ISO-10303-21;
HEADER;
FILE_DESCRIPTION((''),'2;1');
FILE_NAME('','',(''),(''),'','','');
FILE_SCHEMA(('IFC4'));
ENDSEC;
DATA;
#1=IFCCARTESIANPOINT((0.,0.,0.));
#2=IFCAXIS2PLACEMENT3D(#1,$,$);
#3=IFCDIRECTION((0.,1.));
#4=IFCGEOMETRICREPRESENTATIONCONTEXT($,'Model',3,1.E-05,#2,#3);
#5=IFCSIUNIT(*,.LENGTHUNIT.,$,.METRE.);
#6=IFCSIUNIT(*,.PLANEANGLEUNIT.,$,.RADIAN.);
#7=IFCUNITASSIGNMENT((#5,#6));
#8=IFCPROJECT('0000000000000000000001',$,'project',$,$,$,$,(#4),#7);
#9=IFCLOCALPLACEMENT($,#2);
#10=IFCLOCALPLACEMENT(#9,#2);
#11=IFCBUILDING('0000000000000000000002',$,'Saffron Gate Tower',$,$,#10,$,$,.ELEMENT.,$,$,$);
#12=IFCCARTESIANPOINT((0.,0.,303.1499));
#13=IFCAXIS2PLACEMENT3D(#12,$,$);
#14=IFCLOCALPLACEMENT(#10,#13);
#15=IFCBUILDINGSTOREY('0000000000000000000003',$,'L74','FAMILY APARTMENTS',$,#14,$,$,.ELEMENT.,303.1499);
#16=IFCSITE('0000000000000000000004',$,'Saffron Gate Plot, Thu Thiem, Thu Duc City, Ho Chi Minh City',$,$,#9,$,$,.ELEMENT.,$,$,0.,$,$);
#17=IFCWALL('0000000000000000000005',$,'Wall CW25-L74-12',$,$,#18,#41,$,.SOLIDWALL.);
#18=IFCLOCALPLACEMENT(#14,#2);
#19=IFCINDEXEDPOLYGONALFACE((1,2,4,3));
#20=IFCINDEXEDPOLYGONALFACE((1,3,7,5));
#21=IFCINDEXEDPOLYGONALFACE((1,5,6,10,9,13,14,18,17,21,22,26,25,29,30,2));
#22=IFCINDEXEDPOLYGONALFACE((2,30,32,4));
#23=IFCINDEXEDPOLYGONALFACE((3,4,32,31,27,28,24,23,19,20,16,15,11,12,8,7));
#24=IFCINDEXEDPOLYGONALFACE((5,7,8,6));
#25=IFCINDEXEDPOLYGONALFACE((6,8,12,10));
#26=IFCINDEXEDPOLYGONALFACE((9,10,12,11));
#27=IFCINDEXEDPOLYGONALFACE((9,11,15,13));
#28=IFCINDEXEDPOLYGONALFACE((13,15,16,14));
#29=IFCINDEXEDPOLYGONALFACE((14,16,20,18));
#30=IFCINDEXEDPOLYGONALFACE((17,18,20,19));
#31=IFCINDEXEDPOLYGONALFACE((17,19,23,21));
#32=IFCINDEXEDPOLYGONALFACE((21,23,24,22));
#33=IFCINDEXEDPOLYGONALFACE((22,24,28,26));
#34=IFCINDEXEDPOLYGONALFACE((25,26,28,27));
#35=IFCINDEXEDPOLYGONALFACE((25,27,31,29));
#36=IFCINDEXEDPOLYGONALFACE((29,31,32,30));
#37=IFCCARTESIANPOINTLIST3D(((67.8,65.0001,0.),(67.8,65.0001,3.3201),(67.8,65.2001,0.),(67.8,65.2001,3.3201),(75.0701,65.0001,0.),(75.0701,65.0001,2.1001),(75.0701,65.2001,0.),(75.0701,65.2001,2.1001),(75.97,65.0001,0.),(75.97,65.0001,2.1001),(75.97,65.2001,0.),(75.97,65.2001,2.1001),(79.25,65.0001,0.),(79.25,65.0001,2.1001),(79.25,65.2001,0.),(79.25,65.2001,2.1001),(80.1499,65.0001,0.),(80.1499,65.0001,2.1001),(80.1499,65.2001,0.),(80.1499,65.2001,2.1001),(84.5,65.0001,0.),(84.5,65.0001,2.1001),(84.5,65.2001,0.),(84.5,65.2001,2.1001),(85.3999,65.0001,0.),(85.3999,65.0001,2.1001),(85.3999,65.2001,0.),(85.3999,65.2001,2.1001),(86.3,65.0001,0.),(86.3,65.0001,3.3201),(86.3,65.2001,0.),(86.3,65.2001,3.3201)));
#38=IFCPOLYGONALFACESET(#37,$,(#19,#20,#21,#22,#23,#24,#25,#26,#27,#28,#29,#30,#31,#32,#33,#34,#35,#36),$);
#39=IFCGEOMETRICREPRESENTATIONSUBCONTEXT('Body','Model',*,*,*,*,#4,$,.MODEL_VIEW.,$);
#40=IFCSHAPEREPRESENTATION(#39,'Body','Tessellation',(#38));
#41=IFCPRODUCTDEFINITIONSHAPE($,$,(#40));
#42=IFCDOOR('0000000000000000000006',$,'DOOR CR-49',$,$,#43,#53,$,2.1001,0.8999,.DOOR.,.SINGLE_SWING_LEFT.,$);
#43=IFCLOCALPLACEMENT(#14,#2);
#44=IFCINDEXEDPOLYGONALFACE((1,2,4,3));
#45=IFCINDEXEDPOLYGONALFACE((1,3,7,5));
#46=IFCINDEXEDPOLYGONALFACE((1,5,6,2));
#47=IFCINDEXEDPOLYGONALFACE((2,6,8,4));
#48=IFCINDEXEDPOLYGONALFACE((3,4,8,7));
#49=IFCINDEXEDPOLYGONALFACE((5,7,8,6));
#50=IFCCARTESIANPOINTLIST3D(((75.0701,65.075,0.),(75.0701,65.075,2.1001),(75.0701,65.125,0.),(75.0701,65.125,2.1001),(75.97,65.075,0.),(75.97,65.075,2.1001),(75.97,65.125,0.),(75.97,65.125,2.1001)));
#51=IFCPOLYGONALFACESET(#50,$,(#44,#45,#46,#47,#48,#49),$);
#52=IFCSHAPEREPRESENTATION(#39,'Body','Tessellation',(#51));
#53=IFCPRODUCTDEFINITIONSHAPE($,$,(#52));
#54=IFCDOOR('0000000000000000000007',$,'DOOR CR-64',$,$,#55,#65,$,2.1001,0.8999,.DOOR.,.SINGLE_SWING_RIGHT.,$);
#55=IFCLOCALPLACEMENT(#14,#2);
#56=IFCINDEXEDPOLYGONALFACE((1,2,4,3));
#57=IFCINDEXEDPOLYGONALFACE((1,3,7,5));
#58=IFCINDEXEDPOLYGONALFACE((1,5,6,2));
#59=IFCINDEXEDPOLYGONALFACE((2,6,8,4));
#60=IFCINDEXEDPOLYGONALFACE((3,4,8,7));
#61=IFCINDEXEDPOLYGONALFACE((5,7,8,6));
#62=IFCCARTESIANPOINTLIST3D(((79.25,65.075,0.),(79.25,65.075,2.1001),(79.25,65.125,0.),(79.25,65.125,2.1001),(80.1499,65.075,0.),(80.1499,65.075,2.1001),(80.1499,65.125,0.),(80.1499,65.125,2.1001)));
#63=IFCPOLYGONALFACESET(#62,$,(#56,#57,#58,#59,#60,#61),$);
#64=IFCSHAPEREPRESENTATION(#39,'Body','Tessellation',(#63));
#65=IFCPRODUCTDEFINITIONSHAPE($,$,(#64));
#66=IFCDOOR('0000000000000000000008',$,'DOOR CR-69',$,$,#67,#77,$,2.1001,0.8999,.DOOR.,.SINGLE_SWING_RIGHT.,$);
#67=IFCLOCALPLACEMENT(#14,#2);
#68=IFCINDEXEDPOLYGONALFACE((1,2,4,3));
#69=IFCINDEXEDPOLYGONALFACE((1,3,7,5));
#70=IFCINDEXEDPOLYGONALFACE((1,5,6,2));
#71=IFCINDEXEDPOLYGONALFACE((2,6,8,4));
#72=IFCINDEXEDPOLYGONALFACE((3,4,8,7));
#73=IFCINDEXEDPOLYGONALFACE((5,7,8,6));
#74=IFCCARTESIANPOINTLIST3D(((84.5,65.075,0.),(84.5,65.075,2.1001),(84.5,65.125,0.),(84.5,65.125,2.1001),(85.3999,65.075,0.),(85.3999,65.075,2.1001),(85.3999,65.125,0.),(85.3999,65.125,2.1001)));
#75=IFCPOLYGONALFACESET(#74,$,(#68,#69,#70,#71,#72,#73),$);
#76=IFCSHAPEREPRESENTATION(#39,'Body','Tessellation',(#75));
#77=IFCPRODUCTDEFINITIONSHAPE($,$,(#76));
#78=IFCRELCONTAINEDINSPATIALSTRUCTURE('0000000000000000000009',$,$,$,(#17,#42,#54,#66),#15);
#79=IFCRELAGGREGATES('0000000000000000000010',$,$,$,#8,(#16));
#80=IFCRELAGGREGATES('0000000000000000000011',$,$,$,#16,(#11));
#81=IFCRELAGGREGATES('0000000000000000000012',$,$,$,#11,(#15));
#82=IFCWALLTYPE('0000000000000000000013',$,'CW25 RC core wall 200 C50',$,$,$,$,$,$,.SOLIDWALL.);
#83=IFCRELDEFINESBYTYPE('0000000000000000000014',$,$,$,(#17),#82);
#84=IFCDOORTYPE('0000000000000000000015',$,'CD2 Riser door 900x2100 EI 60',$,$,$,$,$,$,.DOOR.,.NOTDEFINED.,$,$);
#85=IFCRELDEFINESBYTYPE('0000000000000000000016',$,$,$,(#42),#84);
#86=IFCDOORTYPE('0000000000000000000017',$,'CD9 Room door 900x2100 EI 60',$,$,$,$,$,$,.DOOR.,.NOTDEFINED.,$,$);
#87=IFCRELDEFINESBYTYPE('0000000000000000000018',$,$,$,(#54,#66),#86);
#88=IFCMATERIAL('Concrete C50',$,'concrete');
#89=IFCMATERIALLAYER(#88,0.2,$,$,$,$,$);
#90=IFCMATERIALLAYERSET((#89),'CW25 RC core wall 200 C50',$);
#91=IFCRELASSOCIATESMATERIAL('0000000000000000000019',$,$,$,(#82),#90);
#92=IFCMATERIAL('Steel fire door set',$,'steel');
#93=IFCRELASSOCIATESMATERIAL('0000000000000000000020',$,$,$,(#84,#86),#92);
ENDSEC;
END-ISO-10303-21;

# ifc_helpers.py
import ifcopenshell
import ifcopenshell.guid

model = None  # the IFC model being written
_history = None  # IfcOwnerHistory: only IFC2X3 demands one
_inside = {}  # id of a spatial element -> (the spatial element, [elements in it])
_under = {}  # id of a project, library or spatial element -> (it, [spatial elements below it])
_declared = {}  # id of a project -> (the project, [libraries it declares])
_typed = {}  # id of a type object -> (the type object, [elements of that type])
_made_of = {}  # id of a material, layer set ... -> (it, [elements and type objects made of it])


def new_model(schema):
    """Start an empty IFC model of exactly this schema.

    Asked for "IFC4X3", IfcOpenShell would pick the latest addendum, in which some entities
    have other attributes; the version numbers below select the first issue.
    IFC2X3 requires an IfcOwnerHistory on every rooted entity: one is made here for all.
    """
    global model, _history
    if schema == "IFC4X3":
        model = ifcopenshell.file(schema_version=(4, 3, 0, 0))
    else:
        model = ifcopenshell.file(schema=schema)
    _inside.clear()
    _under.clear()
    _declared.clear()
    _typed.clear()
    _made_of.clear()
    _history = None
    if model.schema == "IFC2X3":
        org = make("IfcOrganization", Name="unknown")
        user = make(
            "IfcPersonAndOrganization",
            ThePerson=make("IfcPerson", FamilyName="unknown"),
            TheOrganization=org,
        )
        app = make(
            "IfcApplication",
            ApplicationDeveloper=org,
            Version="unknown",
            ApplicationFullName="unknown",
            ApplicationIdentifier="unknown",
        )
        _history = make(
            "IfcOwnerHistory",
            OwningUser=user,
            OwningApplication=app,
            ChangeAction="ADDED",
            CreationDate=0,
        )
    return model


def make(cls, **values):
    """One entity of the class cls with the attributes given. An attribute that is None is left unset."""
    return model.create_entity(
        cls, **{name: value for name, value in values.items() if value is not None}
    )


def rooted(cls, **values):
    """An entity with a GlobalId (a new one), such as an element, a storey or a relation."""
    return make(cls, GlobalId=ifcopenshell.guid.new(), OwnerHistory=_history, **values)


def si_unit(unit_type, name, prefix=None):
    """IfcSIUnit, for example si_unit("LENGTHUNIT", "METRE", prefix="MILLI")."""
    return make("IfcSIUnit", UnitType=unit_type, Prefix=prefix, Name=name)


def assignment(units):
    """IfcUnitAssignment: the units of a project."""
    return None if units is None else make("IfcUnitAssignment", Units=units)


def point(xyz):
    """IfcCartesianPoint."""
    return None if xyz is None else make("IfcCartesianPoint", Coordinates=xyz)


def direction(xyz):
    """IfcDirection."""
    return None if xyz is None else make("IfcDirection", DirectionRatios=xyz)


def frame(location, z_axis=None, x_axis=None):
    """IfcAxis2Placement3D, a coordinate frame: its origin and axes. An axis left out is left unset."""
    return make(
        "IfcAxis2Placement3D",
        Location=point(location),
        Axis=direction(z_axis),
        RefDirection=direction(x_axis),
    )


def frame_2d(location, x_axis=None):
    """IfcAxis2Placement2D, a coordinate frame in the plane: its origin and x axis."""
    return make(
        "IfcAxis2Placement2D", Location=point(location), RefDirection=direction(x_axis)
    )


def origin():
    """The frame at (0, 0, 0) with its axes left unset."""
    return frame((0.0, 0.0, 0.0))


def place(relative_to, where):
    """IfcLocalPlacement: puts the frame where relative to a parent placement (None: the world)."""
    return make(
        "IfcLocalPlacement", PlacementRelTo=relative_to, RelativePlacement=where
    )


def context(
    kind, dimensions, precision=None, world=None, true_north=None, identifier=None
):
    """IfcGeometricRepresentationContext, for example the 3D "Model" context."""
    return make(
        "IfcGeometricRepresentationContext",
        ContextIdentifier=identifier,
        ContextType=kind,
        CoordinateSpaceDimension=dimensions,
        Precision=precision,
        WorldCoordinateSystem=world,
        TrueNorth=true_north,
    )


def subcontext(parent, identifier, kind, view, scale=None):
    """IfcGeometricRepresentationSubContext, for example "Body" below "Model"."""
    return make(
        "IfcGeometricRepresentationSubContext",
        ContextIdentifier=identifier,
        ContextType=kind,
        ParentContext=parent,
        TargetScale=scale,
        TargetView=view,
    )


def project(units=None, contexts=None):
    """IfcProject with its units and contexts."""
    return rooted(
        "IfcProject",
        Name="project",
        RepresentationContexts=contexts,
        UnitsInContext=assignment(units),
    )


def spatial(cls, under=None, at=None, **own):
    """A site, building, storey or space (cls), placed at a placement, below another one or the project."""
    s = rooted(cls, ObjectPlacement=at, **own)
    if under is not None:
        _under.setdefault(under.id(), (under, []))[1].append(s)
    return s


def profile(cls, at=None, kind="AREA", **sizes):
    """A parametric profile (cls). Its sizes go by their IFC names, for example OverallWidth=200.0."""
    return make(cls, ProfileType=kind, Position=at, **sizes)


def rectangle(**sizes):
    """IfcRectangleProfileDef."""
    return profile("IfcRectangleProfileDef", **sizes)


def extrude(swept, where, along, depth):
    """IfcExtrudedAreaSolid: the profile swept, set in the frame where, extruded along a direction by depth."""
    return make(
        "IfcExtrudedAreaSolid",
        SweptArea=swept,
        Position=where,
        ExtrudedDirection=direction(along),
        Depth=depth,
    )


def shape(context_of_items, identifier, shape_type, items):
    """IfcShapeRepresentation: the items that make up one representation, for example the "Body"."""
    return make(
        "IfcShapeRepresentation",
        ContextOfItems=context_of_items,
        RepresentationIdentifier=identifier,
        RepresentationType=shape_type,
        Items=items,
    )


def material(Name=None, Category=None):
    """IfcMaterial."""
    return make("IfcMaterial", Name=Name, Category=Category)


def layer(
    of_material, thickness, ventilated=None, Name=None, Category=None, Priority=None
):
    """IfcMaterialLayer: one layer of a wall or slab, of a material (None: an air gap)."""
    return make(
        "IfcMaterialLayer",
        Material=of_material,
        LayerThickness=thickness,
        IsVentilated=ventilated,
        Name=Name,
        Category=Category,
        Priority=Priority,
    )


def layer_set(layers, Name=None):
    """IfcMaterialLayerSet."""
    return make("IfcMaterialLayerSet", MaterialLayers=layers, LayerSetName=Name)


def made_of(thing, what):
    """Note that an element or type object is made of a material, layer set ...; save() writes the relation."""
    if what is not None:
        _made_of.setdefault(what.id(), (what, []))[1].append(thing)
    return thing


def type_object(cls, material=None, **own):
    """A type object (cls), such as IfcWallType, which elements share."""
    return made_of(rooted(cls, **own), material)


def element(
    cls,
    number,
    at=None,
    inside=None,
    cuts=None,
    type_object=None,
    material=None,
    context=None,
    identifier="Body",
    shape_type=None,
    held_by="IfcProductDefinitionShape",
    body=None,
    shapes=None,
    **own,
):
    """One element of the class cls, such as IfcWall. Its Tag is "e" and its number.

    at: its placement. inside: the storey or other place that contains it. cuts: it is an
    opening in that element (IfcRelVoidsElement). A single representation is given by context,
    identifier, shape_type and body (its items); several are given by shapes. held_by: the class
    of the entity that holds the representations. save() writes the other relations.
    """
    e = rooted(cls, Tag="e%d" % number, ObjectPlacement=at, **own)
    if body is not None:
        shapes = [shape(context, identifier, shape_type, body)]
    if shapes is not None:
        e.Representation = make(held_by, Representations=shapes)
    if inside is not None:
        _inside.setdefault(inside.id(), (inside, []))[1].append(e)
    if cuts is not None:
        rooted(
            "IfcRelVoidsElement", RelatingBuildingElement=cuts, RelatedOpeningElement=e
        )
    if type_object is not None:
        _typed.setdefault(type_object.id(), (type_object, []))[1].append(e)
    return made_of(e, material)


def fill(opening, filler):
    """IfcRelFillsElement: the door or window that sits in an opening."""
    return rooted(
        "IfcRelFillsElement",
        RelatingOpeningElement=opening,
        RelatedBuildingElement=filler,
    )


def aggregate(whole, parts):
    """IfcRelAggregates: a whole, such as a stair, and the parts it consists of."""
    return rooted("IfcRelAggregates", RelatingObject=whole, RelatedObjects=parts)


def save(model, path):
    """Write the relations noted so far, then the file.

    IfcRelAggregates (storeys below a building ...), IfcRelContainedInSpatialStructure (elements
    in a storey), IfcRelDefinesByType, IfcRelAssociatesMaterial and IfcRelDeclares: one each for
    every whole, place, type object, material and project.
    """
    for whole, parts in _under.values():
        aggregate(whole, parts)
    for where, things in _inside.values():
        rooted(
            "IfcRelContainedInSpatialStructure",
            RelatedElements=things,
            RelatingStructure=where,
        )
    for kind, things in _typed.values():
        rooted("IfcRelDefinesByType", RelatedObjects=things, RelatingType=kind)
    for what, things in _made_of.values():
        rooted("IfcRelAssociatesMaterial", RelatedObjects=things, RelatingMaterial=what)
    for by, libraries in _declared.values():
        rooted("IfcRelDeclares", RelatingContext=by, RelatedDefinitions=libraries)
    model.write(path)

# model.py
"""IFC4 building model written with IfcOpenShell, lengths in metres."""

from ifc_helpers import new_model, si_unit, direction, frame, frame_2d, origin, place, context, subcontext, project, spatial, rectangle, extrude, material, layer, layer_set, type_object, element, fill, save


model = new_model("IFC4")

# Units and contexts
model_context = context("Model", 3, precision=1e-05, world=origin(), true_north=direction((0.0, 1.0)))
body_context = subcontext(model_context, "Body", "Model", "MODEL_VIEW")
ifc_project = project(units=[si_unit("LENGTHUNIT", "METRE"), si_unit("PLANEANGLEUNIT", "RADIAN")], contexts=[model_context])

# Site, building, storey
site_placement = place(None, origin())
site = spatial("IfcSite", under=ifc_project, at=site_placement, Name="Saffron Gate Plot, Thu Thiem, Thu Duc City, Ho Chi Minh City", CompositionType="ELEMENT", RefElevation=0.0)
building_placement = place(site_placement, origin())
building = spatial("IfcBuilding", under=site, at=building_placement, Name="Saffron Gate Tower", CompositionType="ELEMENT")
storey_placement = place(building_placement, frame((0.0, 0.0, 303.1499)))
storey = spatial("IfcBuildingStorey", under=building, at=storey_placement, Name="L74", Description="FAMILY APARTMENTS", CompositionType="ELEMENT", Elevation=303.1499)

# Shared definitions
ifc_material_1 = material(Name="Concrete C50", Category="concrete")
ifc_material_2 = material(Name="Steel fire door set", Category="steel")

# Wall, openings, doors
ifc_layer_1 = layer(ifc_material_1, 0.2)
ifc_layer_set_1 = layer_set([ifc_layer_1], Name="CW25 RC core wall 200 C50")
wall_type_1 = type_object("IfcWallType", Name="CW25 RC core wall 200 C50", PredefinedType="SOLIDWALL", material=ifc_layer_set_1)
wall_1_placement = place(storey_placement, frame((67.8, 65.1001, 0.0), z_axis=(0.0, 0.0, 1.0), x_axis=(1.0, 0.0, 0.0)))
wall_1 = element("IfcWall", 1, at=wall_1_placement, inside=storey, type_object=wall_type_1, Name="Wall CW25-L74-12", PredefinedType="SOLIDWALL", context=body_context, shape_type="SweptSolid", body=[
    extrude(rectangle(XDim=18.5, YDim=0.2, at=frame_2d((9.25, 0.0))), origin(), (0.0, 0.0, 1.0), 3.3201),
])
opening_1_placement = place(wall_1_placement, frame((7.27, 0.0, 0.0)))
opening_1 = element("IfcOpeningElement", 2, at=opening_1_placement, cuts=wall_1, PredefinedType="OPENING", context=body_context, shape_type="SweptSolid", body=[
    extrude(rectangle(XDim=0.8999, YDim=2.1001, at=frame_2d((0.45, 1.05))), frame((0.0, 0.1099, 0.0), z_axis=(0.0, -1.0, 0.0), x_axis=(1.0, 0.0, 0.0)), (0.0, 0.0, 1.0), 0.22),
])
opening_2_placement = place(wall_1_placement, frame((11.45, 0.0, 0.0)))
opening_2 = element("IfcOpeningElement", 3, at=opening_2_placement, cuts=wall_1, PredefinedType="OPENING", context=body_context, shape_type="SweptSolid", body=[
    extrude(rectangle(XDim=0.8999, YDim=2.1001, at=frame_2d((0.45, 1.05))), frame((0.0, 0.1099, 0.0), z_axis=(0.0, -1.0, 0.0), x_axis=(1.0, 0.0, 0.0)), (0.0, 0.0, 1.0), 0.22),
])
opening_3_placement = place(wall_1_placement, frame((16.7, 0.0, 0.0)))
opening_3 = element("IfcOpeningElement", 4, at=opening_3_placement, cuts=wall_1, PredefinedType="OPENING", context=body_context, shape_type="SweptSolid", body=[
    extrude(rectangle(XDim=0.8999, YDim=2.1001, at=frame_2d((0.45, 1.05))), frame((0.0, 0.1099, 0.0), z_axis=(0.0, -1.0, 0.0), x_axis=(1.0, 0.0, 0.0)), (0.0, 0.0, 1.0), 0.22),
])
door_type_1 = type_object("IfcDoorType", Name="CD2 Riser door 900x2100 EI 60", OperationType="NOTDEFINED", PredefinedType="DOOR", material=ifc_material_2)
door_1_placement = place(opening_1_placement, origin())
door_1 = element("IfcDoor", 5, at=door_1_placement, inside=storey, type_object=door_type_1, Name="DOOR CR-49", OperationType="SINGLE_SWING_LEFT", OverallHeight=2.1001, OverallWidth=0.8999, PredefinedType="DOOR", context=body_context, shape_type="SweptSolid", body=[
    extrude(rectangle(XDim=0.8999, YDim=2.1001, at=frame_2d((0.45, 1.05))), frame((0.0, 0.0249, 0.0), z_axis=(0.0, -1.0, 0.0), x_axis=(1.0, 0.0, 0.0)), (0.0, 0.0, 1.0), 0.05),
])
fill(opening_1, door_1)
door_type_2 = type_object("IfcDoorType", Name="CD9 Room door 900x2100 EI 60", OperationType="NOTDEFINED", PredefinedType="DOOR", material=ifc_material_2)
door_2_placement = place(opening_2_placement, origin())
door_2 = element("IfcDoor", 6, at=door_2_placement, inside=storey, type_object=door_type_2, Name="DOOR CR-64", OperationType="SINGLE_SWING_RIGHT", OverallHeight=2.1001, OverallWidth=0.8999, PredefinedType="DOOR", context=body_context, shape_type="SweptSolid", body=[
    extrude(rectangle(XDim=0.8999, YDim=2.1001, at=frame_2d((0.45, 1.05))), frame((0.0, 0.0249, 0.0), z_axis=(0.0, -1.0, 0.0), x_axis=(1.0, 0.0, 0.0)), (0.0, 0.0, 1.0), 0.05),
])
fill(opening_2, door_2)
door_3_placement = place(opening_3_placement, origin())
door_3 = element("IfcDoor", 7, at=door_3_placement, inside=storey, type_object=door_type_2, Name="DOOR CR-69", OperationType="SINGLE_SWING_RIGHT", OverallHeight=2.1001, OverallWidth=0.8999, PredefinedType="DOOR", context=body_context, shape_type="SweptSolid", body=[
    extrude(rectangle(XDim=0.8999, YDim=2.1001, at=frame_2d((0.45, 1.05))), frame((0.0, 0.0249, 0.0), z_axis=(0.0, -1.0, 0.0), x_axis=(1.0, 0.0, 0.0)), (0.0, 0.0, 1.0), 0.05),
])
fill(opening_3, door_3)

save(model, "model.ifc")
